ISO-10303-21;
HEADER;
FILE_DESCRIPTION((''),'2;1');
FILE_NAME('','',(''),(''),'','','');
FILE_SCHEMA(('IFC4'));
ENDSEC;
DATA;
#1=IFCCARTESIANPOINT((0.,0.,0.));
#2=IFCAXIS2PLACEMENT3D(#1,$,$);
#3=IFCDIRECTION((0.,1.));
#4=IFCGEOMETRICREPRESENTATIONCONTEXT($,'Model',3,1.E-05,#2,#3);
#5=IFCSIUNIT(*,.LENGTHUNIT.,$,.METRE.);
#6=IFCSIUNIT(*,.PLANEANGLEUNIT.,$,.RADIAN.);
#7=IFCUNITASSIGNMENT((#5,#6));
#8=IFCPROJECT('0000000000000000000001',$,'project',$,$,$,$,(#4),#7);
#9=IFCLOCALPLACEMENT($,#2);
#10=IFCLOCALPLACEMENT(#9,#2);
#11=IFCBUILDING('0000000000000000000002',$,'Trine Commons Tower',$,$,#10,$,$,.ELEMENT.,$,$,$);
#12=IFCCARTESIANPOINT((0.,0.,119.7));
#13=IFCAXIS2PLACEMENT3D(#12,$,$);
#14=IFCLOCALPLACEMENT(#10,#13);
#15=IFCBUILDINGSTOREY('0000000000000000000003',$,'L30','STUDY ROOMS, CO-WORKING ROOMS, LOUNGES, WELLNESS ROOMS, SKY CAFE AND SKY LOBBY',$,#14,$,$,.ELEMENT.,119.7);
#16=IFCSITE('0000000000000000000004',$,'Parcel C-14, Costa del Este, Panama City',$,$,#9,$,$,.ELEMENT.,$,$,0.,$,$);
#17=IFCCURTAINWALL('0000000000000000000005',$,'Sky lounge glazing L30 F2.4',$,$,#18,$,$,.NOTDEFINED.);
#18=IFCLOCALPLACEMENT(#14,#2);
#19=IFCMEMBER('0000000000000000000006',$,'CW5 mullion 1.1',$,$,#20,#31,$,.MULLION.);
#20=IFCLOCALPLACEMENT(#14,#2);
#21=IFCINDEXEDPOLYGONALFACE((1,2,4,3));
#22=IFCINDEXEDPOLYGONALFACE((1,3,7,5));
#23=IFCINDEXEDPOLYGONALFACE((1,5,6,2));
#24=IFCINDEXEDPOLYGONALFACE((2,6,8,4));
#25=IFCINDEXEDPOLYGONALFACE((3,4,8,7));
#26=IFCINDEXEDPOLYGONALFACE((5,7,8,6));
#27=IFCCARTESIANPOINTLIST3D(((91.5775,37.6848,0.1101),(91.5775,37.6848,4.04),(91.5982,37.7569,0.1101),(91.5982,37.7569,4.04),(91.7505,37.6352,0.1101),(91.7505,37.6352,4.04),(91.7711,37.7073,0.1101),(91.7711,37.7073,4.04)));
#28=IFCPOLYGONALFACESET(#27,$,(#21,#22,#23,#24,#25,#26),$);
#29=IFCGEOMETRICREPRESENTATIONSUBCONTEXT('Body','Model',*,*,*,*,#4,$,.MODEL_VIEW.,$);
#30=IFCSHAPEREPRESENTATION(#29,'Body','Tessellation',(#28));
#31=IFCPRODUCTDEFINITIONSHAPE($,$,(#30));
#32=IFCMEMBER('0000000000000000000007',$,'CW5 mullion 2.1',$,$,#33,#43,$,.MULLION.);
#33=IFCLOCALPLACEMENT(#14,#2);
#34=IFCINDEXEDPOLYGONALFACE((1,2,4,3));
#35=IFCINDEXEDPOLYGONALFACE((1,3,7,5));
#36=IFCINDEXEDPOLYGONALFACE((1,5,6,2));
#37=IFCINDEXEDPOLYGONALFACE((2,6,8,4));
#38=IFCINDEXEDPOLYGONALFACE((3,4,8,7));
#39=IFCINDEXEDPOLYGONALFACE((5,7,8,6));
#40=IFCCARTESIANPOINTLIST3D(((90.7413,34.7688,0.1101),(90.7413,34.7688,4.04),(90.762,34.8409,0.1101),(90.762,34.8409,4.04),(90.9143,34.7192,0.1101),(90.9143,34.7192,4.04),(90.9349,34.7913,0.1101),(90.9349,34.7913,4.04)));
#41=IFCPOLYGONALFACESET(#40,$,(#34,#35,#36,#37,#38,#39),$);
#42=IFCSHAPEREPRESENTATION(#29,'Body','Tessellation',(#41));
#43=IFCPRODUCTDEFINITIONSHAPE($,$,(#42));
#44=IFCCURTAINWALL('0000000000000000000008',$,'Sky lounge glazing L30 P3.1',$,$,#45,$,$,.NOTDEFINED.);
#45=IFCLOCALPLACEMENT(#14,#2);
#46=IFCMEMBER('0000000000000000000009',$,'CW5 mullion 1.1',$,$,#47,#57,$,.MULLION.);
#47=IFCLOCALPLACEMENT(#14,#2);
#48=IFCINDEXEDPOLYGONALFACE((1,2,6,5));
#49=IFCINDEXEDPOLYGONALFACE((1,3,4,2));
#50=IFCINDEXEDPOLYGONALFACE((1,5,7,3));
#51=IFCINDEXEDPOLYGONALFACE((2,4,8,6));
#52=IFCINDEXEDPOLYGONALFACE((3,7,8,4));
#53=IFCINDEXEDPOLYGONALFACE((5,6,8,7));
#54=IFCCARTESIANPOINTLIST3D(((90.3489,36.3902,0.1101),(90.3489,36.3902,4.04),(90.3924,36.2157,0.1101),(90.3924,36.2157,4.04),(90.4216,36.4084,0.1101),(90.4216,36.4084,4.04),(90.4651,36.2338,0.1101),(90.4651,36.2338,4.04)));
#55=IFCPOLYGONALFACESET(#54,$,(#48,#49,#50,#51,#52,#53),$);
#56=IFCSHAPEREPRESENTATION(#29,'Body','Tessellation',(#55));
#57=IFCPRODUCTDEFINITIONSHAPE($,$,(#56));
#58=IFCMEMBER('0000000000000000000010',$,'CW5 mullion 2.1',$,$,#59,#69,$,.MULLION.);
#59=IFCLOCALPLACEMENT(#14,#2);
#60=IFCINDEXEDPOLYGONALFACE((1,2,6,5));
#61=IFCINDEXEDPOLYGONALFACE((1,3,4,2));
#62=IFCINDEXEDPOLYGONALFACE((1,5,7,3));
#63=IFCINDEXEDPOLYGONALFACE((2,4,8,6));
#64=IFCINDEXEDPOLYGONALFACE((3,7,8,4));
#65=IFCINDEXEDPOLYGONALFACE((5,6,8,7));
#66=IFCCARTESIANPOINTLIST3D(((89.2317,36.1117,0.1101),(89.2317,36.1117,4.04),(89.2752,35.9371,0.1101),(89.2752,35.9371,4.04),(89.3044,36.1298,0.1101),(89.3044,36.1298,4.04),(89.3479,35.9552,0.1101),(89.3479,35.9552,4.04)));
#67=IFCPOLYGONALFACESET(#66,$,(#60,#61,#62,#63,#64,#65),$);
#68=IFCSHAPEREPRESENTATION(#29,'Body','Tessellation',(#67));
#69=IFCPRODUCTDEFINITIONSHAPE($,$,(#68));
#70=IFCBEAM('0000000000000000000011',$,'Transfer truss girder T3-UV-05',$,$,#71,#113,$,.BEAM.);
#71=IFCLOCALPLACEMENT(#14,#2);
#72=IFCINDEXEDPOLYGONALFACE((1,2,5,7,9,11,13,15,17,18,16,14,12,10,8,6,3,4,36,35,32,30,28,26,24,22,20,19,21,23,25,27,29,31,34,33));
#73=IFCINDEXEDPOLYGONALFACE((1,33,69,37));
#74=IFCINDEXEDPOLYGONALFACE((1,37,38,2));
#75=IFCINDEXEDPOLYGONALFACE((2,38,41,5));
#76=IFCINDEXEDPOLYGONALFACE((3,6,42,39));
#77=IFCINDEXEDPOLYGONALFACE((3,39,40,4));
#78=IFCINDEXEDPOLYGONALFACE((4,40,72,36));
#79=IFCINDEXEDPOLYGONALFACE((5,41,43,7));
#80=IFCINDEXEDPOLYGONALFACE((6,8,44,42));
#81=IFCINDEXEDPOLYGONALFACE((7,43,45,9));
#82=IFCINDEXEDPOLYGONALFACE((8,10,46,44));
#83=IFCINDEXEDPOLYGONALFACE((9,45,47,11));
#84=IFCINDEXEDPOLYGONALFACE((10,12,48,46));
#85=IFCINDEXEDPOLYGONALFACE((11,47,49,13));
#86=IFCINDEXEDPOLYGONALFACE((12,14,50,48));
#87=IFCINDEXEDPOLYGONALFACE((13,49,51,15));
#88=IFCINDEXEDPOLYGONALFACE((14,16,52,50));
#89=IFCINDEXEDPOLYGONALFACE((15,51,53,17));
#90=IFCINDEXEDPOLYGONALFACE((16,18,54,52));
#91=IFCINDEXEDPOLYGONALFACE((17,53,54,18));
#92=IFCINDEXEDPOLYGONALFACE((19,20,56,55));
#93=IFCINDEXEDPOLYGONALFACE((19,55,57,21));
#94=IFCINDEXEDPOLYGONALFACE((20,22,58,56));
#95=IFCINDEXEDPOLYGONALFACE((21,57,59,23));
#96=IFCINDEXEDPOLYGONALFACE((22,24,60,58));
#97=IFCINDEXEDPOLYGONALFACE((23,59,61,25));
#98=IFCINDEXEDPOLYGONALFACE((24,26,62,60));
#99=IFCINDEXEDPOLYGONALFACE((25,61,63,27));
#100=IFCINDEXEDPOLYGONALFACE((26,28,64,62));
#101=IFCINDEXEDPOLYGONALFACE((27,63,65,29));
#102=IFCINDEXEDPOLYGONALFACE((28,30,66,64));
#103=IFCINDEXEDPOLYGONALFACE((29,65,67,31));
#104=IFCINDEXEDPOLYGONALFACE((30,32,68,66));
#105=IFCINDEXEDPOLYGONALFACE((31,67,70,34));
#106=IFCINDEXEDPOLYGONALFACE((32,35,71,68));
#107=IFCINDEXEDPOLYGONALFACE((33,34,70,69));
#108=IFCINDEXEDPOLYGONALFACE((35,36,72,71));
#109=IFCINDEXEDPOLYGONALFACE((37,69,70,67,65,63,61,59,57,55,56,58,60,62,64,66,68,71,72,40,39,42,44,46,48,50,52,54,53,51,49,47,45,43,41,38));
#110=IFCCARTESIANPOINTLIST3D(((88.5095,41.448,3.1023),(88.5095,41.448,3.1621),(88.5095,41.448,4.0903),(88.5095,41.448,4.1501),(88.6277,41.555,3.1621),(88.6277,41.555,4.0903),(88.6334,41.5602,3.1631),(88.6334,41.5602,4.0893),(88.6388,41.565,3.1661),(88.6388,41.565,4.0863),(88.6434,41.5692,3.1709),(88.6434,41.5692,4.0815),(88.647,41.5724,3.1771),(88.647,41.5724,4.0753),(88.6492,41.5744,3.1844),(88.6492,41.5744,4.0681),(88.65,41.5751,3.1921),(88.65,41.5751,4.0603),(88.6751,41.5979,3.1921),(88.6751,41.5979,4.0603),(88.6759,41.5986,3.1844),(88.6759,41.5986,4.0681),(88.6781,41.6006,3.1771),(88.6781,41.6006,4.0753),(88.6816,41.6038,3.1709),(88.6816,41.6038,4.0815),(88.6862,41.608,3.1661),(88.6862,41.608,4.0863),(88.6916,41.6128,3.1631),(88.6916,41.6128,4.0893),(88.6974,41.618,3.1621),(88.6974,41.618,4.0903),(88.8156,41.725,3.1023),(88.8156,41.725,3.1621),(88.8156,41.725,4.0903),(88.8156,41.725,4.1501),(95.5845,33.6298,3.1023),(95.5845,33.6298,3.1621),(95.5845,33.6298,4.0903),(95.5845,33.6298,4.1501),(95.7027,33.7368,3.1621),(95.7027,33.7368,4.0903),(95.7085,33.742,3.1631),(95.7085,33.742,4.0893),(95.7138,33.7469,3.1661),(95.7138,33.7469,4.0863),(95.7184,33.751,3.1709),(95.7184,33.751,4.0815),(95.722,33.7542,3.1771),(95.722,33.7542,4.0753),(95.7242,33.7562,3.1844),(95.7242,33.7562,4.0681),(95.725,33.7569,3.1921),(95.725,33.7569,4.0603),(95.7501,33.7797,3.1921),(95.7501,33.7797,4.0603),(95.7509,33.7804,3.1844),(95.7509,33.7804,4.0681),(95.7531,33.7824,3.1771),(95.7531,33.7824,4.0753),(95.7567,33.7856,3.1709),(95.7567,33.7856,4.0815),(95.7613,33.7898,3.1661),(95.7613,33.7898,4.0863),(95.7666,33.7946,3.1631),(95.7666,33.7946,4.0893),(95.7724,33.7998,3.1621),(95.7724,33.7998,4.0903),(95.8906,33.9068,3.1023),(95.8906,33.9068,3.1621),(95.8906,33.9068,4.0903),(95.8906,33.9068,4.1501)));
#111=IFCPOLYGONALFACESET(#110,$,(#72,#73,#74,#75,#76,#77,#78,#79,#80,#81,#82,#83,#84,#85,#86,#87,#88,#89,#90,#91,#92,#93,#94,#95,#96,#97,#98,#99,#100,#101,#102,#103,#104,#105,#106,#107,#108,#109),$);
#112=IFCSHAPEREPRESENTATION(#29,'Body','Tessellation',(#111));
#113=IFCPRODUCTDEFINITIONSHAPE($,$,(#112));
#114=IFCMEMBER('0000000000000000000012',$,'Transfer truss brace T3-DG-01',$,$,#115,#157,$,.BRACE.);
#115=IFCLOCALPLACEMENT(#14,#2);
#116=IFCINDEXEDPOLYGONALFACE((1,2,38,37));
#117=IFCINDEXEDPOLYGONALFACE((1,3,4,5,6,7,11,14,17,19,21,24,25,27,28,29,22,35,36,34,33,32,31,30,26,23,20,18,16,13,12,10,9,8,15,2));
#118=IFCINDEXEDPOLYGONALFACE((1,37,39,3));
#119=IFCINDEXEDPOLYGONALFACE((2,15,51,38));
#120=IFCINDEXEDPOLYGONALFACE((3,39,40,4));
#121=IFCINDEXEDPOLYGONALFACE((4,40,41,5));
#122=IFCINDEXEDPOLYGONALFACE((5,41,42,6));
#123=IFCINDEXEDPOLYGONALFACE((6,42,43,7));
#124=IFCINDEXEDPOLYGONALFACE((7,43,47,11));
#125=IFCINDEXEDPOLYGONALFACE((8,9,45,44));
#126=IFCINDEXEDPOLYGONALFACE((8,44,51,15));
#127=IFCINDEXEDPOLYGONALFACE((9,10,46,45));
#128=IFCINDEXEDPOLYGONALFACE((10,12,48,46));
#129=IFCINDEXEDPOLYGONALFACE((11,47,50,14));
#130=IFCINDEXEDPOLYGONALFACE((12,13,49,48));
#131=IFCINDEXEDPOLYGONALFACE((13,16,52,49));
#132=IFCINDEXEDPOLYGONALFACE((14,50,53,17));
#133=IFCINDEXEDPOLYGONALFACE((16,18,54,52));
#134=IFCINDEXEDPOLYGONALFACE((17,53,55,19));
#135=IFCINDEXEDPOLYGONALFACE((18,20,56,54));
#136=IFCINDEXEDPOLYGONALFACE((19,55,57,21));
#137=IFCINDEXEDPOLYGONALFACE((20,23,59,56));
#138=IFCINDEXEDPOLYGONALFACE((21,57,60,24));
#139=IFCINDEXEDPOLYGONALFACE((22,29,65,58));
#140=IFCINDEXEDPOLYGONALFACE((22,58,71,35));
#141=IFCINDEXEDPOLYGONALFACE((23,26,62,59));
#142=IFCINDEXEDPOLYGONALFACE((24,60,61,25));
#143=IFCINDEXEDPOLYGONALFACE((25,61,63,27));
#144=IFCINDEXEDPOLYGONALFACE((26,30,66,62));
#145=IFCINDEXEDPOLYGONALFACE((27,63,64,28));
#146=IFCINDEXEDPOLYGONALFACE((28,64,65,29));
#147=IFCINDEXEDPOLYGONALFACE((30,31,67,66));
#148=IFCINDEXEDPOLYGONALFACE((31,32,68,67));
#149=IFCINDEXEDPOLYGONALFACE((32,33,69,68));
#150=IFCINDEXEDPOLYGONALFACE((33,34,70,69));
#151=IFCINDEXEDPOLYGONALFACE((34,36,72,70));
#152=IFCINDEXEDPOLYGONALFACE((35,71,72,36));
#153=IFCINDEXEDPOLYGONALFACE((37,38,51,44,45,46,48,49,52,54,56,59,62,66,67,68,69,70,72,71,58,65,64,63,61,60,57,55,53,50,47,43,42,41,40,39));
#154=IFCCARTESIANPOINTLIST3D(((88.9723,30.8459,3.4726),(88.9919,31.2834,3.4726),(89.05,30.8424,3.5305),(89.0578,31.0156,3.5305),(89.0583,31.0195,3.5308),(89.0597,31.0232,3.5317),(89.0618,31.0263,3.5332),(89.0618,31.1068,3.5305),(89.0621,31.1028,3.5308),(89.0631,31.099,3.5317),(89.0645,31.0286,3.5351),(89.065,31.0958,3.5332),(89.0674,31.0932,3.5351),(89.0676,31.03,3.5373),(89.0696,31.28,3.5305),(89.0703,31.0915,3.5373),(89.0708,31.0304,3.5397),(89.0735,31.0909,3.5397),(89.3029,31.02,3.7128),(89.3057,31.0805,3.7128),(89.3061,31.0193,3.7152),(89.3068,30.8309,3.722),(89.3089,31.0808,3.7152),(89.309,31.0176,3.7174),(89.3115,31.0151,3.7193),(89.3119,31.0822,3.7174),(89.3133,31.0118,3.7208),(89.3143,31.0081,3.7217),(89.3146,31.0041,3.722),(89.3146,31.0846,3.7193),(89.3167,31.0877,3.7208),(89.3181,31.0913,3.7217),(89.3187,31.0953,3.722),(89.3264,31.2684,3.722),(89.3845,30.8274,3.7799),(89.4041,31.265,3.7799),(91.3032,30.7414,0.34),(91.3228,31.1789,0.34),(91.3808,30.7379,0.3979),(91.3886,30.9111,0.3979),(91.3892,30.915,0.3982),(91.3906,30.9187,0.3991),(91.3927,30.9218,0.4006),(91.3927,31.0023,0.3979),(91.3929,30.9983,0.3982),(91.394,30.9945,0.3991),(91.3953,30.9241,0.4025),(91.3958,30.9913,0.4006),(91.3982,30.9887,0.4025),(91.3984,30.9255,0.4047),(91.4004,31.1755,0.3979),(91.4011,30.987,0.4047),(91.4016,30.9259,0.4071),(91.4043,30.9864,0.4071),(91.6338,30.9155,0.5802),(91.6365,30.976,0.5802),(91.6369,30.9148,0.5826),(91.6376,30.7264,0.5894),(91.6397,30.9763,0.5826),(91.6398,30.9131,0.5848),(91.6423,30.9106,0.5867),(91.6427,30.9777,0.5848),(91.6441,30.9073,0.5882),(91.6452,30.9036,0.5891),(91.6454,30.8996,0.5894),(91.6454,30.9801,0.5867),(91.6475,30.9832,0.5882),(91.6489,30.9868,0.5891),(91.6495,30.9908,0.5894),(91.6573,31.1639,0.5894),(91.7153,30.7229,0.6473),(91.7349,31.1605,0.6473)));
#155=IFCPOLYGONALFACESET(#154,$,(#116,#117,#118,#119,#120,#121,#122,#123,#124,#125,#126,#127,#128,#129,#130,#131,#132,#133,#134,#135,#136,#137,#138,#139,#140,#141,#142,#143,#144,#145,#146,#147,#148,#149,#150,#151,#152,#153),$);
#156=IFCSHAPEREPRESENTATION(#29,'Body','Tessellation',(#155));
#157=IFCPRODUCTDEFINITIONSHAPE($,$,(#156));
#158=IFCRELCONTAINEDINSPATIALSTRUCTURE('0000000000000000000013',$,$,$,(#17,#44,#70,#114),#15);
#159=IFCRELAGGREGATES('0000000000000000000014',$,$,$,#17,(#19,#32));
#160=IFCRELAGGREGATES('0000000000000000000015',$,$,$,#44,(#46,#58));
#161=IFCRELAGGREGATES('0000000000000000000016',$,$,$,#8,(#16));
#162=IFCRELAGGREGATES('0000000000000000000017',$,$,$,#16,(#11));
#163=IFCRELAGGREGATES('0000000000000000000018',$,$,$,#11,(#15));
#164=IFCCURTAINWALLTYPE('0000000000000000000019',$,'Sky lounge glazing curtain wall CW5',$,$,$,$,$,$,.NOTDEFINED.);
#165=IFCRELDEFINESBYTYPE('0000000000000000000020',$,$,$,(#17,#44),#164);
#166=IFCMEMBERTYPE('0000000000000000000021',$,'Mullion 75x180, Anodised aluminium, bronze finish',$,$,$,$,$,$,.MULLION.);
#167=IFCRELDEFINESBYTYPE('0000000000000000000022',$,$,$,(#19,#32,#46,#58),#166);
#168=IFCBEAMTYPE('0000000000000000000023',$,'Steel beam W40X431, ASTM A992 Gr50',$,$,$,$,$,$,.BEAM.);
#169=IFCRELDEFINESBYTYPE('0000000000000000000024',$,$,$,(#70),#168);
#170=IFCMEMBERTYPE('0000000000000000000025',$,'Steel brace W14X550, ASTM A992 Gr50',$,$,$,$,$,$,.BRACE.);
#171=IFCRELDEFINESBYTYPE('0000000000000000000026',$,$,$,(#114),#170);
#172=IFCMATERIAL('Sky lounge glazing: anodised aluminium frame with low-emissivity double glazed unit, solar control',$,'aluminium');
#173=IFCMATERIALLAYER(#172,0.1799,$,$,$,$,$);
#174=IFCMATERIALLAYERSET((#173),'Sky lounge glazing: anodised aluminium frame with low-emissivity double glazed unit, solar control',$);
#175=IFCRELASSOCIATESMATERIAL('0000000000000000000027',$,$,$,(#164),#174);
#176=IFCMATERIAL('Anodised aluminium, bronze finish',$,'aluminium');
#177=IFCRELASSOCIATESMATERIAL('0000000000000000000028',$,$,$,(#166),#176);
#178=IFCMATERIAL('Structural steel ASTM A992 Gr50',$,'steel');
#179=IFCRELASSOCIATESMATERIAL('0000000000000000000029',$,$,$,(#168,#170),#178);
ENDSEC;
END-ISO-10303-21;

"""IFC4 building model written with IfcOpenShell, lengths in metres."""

from ifc_helpers import new_model, si_unit, direction, frame, origin, origin_2d, place, context, subcontext, project, spatial, rectangle, i_section, extrude, material, layer, layer_set, material_profile, profile_set, type_object, element, aggregate, save


model = new_model("IFC4")

# Units and contexts
model_context = context("Model", 3, precision=1e-05, world=origin(), true_north=direction((0.0, 1.0)))
body_context = subcontext(model_context, "Body", "Model", "MODEL_VIEW")
ifc_project = project(units=[si_unit("LENGTHUNIT", "METRE"), si_unit("PLANEANGLEUNIT", "RADIAN")], contexts=[model_context])

# Site, building, storey
site_placement = place(None, origin())
site = spatial("IfcSite", under=ifc_project, at=site_placement, Name="Parcel C-14, Costa del Este, Panama City", CompositionType="ELEMENT", RefElevation=0.0)
building_placement = place(site_placement, origin())
building = spatial("IfcBuilding", under=site, at=building_placement, Name="Trine Commons Tower", CompositionType="ELEMENT")
storey_placement = place(building_placement, frame((0.0, 0.0, 119.7)))
storey = spatial("IfcBuildingStorey", under=building, at=storey_placement, Name="L30", Description="STUDY ROOMS, CO-WORKING ROOMS, LOUNGES, WELLNESS ROOMS, SKY CAFE AND SKY LOBBY", CompositionType="ELEMENT", Elevation=119.7)

# Curtain walls, members
ifc_material_1 = material(Name="Sky lounge glazing: anodised aluminium frame with low-emissivity double glazed unit, solar control", Category="aluminium")
ifc_layer_1 = layer(ifc_material_1, 0.1799)
ifc_layer_set_1 = layer_set([ifc_layer_1], Name="Sky lounge glazing: anodised aluminium frame with low-emissivity double glazed unit, solar control")
curtain_wall_type = type_object("IfcCurtainWallType", Name="Sky lounge glazing curtain wall CW5", PredefinedType="NOTDEFINED", material=ifc_layer_set_1)
curtain_wall_1_placement = place(storey_placement, origin())
curtain_wall_1 = element("IfcCurtainWall", 1, at=curtain_wall_1_placement, inside=storey, type_object=curtain_wall_type, Name="Sky lounge glazing L30 F2.4", PredefinedType="NOTDEFINED")
ifc_material_2 = material(Name="Anodised aluminium, bronze finish", Category="aluminium")
ifc_material_profile_1 = material_profile(ifc_material_2, rectangle(XDim=0.1799, YDim=0.075, at=origin_2d()), Name="Mullion 75x180")
ifc_profile_set_1 = profile_set([ifc_material_profile_1], Name="Anodised aluminium, bronze finish")
member_type_1 = type_object("IfcMemberType", Name="Mullion 75x180, Anodised aluminium, bronze finish", PredefinedType="MULLION", material=ifc_profile_set_1)
member_1_placement = place(storey_placement, frame((91.6743, 37.696, 0.1101), z_axis=(0.0, 0.0, 1.0), x_axis=(0.961262, -0.275637, 0.0)))
member_1 = element("IfcMember", 2, at=member_1_placement, type_object=member_type_1, Name="CW5 mullion 1.1", PredefinedType="MULLION", context=body_context, shape_type="SweptSolid", body=[
    extrude(rectangle(XDim=0.1799, YDim=0.075, at=origin_2d()), origin(), (0.0, 0.0, 1.0), 3.9299),
])
member_2_placement = place(storey_placement, frame((90.8381, 34.78, 0.1101), z_axis=(0.0, 0.0, 1.0), x_axis=(0.961262, -0.275637, 0.0)))
member_2 = element("IfcMember", 3, at=member_2_placement, type_object=member_type_1, Name="CW5 mullion 2.1", PredefinedType="MULLION", context=body_context, shape_type="SweptSolid", body=[
    extrude(rectangle(XDim=0.1799, YDim=0.075, at=origin_2d()), origin(), (0.0, 0.0, 1.0), 3.9299),
])
curtain_wall_2_placement = place(storey_placement, origin())
curtain_wall_2 = element("IfcCurtainWall", 4, at=curtain_wall_2_placement, inside=storey, type_object=curtain_wall_type, Name="Sky lounge glazing L30 P3.1", PredefinedType="NOTDEFINED")
member_3_placement = place(storey_placement, frame((90.407, 36.312, 0.1101), z_axis=(0.0, 0.0, 1.0), x_axis=(0.241922, -0.970296, 0.0)))
member_3 = element("IfcMember", 5, at=member_3_placement, type_object=member_type_1, Name="CW5 mullion 1.1", PredefinedType="MULLION", context=body_context, shape_type="SweptSolid", body=[
    extrude(rectangle(XDim=0.1799, YDim=0.075, at=origin_2d()), origin(), (0.0, 0.0, 1.0), 3.9299),
])
member_4_placement = place(storey_placement, frame((89.2898, 36.0334, 0.1101), z_axis=(0.0, 0.0, 1.0), x_axis=(0.241922, -0.970296, 0.0)))
member_4 = element("IfcMember", 6, at=member_4_placement, type_object=member_type_1, Name="CW5 mullion 2.1", PredefinedType="MULLION", context=body_context, shape_type="SweptSolid", body=[
    extrude(rectangle(XDim=0.1799, YDim=0.075, at=origin_2d()), origin(), (0.0, 0.0, 1.0), 3.9299),
])

# Beam
ifc_material_3 = material(Name="Structural steel ASTM A992 Gr50", Category="steel")
ifc_material_profile_2 = material_profile(ifc_material_3, i_section(OverallWidth=0.4128, OverallDepth=1.0479, WebThickness=0.0339, FlangeThickness=0.0598, FilletRadius=0.03, at=origin_2d()), Name="W40X431")
ifc_profile_set_2 = profile_set([ifc_material_profile_2], Name="Structural steel ASTM A992 Gr50")
beam_type = type_object("IfcBeamType", Name="Steel beam W40X431, ASTM A992 Gr50", PredefinedType="BEAM", material=ifc_profile_set_2)
beam_placement = place(storey_placement, frame((95.7375, 33.7683, 3.6262), z_axis=(-0.670987, 0.741469, 0.0), x_axis=(-0.741469, -0.670987, 0.0)))
element("IfcBeam", 7, at=beam_placement, inside=storey, type_object=beam_type, Name="Transfer truss girder T3-UV-05", PredefinedType="BEAM", context=body_context, shape_type="SweptSolid", body=[
    extrude(i_section(OverallWidth=0.4128, OverallDepth=1.0479, WebThickness=0.0339, FlangeThickness=0.0598, FilletRadius=0.03, at=origin_2d()), origin(), (0.0, 0.0, 1.0), 10.5442),
])

# Member
ifc_material_profile_3 = material_profile(ifc_material_3, i_section(OverallWidth=0.438, OverallDepth=0.5144, WebThickness=0.0605, FlangeThickness=0.0969, FilletRadius=0.0154, at=origin_2d()), Name="W14X550")
ifc_profile_set_3 = profile_set([ifc_material_profile_3], Name="Structural steel ASTM A992 Gr50")
member_type_2 = type_object("IfcMemberType", Name="Steel brace W14X550, ASTM A992 Gr50", PredefinedType="BRACE", material=ifc_profile_set_3)
member_5_placement = place(storey_placement, frame((91.519, 30.9509, 0.4937), z_axis=(-0.596731, 0.026752, 0.801996), x_axis=(-0.044786, -0.998997, 0.0)))
element("IfcMember", 8, at=member_5_placement, inside=storey, type_object=member_type_2, Name="Transfer truss brace T3-DG-01", PredefinedType="BRACE", context=body_context, shape_type="SweptSolid", body=[
    extrude(i_section(OverallWidth=0.438, OverallDepth=0.5144, WebThickness=0.0605, FlangeThickness=0.0969, FilletRadius=0.0154, at=origin_2d()), origin(), (0.0, 0.0, 1.0), 3.906),
])

aggregate(curtain_wall_1, [member_1, member_2])
aggregate(curtain_wall_2, [member_3, member_4])

save(model, "model.ifc")
